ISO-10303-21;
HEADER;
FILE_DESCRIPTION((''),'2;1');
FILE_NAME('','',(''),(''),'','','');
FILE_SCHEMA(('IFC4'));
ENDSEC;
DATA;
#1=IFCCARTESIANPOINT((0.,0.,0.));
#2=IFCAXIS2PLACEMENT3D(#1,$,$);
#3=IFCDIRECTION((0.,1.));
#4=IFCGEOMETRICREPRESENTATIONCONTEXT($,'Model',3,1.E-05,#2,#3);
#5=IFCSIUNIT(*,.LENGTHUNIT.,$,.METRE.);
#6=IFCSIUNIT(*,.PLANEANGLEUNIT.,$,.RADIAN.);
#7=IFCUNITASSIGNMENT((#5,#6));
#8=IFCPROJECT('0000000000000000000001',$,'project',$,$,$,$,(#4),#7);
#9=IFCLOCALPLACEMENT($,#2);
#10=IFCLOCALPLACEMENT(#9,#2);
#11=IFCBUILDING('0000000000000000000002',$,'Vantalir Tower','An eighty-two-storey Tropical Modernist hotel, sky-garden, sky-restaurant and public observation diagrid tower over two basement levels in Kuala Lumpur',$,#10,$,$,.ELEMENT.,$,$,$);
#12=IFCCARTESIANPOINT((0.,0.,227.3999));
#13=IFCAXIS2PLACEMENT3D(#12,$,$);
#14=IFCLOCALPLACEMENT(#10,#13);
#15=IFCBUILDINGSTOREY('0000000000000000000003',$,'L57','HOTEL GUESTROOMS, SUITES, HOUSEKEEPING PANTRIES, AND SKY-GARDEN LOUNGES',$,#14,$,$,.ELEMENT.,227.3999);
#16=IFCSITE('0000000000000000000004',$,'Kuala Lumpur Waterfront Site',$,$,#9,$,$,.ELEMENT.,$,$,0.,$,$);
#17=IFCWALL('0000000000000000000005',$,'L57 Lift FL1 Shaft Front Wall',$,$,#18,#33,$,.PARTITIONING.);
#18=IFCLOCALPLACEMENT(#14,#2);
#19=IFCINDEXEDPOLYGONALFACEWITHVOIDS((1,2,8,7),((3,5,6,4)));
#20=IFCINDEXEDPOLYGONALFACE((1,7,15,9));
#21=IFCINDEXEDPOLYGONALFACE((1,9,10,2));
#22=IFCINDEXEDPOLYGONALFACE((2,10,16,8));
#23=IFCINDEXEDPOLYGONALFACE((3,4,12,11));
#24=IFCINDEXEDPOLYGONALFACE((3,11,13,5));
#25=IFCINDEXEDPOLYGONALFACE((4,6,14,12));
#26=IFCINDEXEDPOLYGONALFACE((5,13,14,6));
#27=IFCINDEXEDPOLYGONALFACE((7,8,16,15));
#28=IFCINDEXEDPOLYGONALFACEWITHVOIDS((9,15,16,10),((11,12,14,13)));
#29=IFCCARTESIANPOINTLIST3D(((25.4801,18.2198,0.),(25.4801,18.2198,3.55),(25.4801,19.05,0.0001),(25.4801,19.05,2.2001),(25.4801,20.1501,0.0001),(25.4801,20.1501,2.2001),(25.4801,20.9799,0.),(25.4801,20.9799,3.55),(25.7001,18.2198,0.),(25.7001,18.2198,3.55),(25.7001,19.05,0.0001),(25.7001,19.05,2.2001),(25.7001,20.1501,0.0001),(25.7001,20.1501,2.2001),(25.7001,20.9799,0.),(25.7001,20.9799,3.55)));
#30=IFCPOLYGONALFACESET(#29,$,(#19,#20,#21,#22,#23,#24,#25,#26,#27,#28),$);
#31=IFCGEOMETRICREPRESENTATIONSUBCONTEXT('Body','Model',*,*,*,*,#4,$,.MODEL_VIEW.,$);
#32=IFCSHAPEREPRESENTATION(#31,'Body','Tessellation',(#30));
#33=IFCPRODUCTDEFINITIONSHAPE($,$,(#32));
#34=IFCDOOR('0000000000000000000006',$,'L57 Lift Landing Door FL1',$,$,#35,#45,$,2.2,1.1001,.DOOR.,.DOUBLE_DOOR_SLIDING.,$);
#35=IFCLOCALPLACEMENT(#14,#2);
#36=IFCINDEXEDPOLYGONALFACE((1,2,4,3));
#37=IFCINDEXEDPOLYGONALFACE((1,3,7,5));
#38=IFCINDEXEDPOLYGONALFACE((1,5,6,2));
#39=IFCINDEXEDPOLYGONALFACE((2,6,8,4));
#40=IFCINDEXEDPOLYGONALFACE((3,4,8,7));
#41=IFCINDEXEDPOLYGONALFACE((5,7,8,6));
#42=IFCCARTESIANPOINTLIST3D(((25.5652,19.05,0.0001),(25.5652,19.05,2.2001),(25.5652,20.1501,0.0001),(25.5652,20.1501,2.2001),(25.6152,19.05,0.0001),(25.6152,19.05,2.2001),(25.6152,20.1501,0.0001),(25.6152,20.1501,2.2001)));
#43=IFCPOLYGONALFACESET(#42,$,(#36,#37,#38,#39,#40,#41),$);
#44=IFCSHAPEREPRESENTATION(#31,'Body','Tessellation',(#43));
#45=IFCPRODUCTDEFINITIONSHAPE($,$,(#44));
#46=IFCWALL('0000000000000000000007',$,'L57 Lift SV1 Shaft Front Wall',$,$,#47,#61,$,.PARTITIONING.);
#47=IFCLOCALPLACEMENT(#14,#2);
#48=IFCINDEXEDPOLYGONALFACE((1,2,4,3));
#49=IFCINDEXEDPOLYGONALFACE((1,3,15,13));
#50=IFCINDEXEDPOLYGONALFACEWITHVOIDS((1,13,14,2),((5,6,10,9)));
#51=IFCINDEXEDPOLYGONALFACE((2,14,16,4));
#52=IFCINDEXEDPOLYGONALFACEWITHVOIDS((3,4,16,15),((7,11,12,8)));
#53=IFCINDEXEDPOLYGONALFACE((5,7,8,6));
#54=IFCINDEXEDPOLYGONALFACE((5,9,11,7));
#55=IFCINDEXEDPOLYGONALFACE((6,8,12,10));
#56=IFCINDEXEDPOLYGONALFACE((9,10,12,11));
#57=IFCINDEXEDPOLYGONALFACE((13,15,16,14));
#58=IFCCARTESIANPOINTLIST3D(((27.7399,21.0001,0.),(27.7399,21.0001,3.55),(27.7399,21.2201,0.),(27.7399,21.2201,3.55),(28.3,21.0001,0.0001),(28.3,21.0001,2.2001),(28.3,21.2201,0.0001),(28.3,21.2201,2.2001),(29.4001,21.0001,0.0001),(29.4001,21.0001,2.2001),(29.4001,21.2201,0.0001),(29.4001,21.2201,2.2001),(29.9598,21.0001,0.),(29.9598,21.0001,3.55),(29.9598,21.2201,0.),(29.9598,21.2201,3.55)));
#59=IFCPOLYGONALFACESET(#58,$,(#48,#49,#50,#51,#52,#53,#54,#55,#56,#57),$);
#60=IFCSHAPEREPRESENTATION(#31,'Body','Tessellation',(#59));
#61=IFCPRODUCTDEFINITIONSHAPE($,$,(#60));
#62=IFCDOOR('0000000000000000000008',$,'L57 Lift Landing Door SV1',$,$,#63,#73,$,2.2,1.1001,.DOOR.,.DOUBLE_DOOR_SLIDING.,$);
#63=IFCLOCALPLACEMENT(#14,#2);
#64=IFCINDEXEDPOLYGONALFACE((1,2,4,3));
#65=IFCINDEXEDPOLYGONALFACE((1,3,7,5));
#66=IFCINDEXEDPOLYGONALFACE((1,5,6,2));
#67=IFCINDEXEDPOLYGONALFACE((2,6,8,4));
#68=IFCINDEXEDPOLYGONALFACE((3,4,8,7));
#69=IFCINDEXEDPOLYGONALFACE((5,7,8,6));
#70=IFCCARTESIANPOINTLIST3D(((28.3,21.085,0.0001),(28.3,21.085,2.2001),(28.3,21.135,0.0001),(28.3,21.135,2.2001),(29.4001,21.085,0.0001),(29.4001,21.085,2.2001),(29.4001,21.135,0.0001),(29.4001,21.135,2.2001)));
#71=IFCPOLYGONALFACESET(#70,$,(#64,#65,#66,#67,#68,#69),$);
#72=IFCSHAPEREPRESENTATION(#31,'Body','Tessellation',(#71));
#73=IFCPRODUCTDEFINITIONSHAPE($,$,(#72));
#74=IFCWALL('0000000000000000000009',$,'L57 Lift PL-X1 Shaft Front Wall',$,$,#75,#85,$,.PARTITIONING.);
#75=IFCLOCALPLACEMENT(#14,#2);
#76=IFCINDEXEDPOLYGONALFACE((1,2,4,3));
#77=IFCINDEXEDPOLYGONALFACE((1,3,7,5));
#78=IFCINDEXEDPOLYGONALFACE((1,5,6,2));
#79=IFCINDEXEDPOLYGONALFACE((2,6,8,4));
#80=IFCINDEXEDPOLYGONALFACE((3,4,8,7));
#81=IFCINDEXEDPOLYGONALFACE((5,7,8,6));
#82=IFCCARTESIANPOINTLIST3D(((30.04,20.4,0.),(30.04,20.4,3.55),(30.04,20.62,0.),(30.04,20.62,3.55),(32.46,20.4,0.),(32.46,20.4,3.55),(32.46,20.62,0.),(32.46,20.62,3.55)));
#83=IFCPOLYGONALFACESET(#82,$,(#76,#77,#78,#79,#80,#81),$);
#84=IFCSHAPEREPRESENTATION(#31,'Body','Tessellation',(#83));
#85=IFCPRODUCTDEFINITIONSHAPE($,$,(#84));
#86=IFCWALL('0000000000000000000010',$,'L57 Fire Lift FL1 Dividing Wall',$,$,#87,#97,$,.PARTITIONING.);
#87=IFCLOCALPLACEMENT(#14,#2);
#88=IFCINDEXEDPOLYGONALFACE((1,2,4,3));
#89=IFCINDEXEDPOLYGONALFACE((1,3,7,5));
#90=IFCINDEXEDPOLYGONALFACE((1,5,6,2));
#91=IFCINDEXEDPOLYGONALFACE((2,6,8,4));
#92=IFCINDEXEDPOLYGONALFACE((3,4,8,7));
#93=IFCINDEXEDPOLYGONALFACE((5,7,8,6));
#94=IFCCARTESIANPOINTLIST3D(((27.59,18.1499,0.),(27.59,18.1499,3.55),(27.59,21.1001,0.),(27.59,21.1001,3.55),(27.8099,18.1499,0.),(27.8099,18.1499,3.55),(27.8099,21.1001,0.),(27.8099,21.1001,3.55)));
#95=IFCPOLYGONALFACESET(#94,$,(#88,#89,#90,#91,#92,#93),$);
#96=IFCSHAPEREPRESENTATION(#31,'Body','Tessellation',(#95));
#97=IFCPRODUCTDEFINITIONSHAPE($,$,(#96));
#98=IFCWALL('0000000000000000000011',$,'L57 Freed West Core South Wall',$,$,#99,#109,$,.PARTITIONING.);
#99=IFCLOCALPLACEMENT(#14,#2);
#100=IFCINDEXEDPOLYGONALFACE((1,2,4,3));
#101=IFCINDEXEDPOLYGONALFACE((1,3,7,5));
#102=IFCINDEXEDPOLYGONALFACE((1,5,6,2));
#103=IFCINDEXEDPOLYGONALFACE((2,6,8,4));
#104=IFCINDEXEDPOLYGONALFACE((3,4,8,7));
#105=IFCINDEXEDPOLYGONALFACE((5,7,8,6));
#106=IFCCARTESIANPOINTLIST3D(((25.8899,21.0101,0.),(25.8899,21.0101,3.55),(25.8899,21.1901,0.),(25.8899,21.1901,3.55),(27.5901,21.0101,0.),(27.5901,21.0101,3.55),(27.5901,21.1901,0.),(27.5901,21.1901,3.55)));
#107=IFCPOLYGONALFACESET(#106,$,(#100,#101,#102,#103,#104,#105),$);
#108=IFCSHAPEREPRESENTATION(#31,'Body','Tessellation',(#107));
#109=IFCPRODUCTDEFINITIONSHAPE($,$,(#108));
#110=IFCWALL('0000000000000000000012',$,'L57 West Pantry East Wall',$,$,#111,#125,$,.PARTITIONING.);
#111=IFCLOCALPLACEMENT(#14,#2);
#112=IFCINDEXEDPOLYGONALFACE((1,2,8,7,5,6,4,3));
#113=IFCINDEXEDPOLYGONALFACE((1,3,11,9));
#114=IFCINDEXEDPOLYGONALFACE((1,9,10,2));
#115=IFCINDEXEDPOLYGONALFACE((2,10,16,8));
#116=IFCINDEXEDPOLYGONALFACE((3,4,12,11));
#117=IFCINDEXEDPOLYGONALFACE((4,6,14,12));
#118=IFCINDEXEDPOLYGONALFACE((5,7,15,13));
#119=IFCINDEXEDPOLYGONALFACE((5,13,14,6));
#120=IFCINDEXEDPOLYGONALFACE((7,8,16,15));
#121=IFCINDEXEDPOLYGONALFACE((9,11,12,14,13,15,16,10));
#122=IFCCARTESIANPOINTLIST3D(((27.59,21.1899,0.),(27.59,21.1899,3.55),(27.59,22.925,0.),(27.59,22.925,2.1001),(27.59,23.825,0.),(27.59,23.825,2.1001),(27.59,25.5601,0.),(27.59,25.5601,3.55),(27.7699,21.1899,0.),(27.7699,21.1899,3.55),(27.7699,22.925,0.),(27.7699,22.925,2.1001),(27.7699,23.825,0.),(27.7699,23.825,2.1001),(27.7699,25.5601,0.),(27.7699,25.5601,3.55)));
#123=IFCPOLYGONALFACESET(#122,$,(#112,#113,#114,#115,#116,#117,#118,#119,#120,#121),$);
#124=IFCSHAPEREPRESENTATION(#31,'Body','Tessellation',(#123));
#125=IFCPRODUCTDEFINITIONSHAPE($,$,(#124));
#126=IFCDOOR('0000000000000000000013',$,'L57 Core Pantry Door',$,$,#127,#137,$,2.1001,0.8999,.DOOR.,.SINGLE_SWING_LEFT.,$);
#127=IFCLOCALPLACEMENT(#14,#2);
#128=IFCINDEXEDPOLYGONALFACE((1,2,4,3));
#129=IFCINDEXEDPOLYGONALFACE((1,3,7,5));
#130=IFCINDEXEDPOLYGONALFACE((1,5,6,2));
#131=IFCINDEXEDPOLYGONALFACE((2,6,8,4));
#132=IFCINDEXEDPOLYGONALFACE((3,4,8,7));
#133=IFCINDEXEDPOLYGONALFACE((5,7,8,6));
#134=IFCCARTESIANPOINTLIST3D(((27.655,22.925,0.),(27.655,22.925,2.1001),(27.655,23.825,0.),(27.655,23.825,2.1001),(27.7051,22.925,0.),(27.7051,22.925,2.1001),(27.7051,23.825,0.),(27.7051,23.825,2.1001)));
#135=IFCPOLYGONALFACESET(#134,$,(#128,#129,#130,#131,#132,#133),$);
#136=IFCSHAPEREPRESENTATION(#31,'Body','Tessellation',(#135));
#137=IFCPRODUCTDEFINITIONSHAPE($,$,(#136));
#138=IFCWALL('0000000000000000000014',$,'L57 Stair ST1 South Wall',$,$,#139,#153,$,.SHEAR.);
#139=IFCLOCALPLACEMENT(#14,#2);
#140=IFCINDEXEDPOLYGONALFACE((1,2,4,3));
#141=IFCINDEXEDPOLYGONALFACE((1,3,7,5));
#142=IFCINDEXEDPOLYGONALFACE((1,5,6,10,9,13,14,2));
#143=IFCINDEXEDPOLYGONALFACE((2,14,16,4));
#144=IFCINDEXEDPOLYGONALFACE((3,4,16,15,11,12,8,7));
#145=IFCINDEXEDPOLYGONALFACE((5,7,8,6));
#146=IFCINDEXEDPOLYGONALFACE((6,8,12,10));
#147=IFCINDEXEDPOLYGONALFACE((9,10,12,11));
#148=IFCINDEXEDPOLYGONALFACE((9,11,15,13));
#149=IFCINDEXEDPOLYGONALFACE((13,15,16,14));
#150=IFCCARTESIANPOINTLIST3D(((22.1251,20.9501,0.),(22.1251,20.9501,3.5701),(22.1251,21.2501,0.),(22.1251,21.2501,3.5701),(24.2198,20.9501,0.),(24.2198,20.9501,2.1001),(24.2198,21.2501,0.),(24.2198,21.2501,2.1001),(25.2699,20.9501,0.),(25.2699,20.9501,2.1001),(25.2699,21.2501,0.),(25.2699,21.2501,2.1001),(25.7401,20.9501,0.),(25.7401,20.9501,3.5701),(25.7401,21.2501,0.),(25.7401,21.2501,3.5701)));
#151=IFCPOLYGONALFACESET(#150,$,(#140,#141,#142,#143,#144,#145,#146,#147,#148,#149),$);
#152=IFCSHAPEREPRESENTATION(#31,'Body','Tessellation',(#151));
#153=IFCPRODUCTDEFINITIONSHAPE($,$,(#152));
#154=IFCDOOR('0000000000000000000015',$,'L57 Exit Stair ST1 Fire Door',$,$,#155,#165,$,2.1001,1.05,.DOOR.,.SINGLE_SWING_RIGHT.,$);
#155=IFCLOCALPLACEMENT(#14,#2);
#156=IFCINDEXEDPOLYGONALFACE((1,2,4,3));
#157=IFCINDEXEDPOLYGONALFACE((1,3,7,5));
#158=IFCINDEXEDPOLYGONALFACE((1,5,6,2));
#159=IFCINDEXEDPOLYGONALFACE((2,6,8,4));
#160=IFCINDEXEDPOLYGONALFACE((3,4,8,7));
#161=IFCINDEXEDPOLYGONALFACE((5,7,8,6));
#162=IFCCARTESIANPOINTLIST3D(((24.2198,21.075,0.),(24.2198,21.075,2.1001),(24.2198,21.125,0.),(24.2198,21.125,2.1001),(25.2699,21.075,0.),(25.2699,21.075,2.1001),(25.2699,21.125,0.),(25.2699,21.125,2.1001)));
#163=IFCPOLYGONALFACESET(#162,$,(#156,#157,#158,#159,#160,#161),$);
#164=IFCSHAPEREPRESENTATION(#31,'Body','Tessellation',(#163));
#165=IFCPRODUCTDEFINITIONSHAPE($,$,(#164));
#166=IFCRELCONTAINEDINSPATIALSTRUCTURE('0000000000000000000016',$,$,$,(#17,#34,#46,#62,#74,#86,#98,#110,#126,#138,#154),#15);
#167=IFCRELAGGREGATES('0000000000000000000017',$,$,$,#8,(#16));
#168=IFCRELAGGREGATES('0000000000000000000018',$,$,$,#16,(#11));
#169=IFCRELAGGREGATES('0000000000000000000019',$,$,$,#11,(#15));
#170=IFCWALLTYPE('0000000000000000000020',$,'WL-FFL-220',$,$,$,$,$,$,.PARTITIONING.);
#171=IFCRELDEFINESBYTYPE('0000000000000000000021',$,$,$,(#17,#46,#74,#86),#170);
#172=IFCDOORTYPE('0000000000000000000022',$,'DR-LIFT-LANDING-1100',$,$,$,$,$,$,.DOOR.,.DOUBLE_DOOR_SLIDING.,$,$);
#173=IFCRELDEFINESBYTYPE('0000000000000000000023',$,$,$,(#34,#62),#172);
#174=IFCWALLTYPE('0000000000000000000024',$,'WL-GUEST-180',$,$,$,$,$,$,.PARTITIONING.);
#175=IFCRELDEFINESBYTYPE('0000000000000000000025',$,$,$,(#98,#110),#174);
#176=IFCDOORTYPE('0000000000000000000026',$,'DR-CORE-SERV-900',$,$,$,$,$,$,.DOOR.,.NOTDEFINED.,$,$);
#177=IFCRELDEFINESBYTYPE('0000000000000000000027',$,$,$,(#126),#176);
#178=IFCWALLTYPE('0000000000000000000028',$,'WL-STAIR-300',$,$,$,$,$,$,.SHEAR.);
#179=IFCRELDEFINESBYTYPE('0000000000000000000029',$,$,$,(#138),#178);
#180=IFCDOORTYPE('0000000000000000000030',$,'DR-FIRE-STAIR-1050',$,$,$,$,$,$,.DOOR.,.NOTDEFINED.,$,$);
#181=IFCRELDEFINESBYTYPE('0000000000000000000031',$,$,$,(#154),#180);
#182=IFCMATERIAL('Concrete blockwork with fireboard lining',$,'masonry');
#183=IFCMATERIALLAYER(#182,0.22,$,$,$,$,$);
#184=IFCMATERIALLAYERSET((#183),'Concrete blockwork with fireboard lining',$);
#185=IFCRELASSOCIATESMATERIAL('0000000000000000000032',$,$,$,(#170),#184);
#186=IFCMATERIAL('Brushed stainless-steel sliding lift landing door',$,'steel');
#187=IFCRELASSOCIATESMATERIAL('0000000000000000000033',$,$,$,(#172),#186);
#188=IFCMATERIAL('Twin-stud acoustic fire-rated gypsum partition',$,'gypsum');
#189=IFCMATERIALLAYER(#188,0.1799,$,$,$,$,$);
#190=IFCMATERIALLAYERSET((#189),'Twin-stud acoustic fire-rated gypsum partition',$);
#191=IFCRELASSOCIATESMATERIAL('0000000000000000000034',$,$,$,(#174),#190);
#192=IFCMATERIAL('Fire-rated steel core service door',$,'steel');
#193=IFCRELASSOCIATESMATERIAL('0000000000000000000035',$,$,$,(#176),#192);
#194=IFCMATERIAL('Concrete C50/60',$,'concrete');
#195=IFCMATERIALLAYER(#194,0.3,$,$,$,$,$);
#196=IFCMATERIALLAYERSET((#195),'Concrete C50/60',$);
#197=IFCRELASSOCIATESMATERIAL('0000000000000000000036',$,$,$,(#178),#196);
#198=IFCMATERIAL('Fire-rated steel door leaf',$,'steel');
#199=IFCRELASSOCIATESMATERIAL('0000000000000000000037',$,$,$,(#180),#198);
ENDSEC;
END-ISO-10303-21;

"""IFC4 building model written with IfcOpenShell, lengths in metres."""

from ifc_helpers import new_model, si_unit, direction, frame, frame_2d, origin, place, context, subcontext, project, spatial, rectangle, extrude, material, layer, layer_set, type_object, element, fill, save


model = new_model("IFC4")

# Units and contexts
model_context = context("Model", 3, precision=1e-05, world=origin(), true_north=direction((0.0, 1.0)))
body_context = subcontext(model_context, "Body", "Model", "MODEL_VIEW")
ifc_project = project(units=[si_unit("LENGTHUNIT", "METRE"), si_unit("PLANEANGLEUNIT", "RADIAN")], contexts=[model_context])

# Site, building, storey
site_placement = place(None, origin())
site = spatial("IfcSite", under=ifc_project, at=site_placement, Name="Kuala Lumpur Waterfront Site", CompositionType="ELEMENT", RefElevation=0.0)
building_placement = place(site_placement, origin())
building = spatial("IfcBuilding", under=site, at=building_placement, Name="Vantalir Tower", Description="An eighty-two-storey Tropical Modernist hotel, sky-garden, sky-restaurant and public observation diagrid tower over two basement levels in Kuala Lumpur", CompositionType="ELEMENT")
storey_placement = place(building_placement, frame((0.0, 0.0, 227.3999)))
storey = spatial("IfcBuildingStorey", under=building, at=storey_placement, Name="L57", Description="HOTEL GUESTROOMS, SUITES, HOUSEKEEPING PANTRIES, AND SKY-GARDEN LOUNGES", CompositionType="ELEMENT", Elevation=227.3999)

# Shared definitions
ifc_material_1 = material(Name="Concrete C50/60", Category="concrete")

# Shared definitions
ifc_material_2 = material(Name="Concrete blockwork with fireboard lining", Category="masonry")
ifc_layer_1 = layer(ifc_material_2, 0.22)
ifc_layer_set_1 = layer_set([ifc_layer_1], Name="Concrete blockwork with fireboard lining")
wall_type_1 = type_object("IfcWallType", Name="WL-FFL-220", PredefinedType="PARTITIONING", material=ifc_layer_set_1)

# Walls, openings, doors
wall_1_placement = place(storey_placement, frame((25.5901, 18.22, 0.0), z_axis=(0.0, 0.0, 1.0), x_axis=(0.0, 1.0, 0.0)))
wall_1 = element("IfcWall", 1, at=wall_1_placement, inside=storey, type_object=wall_type_1, Name="L57 Lift FL1 Shaft Front Wall", PredefinedType="PARTITIONING", context=body_context, shape_type="SweptSolid", body=[
    extrude(rectangle(XDim=2.76, YDim=0.22, at=frame_2d((1.3799, 0.0))), origin(), (0.0, 0.0, 1.0), 3.55),
])
opening_1_placement = place(wall_1_placement, frame((0.8301, 0.0, 0.0)))
opening_1 = element("IfcOpeningElement", 2, at=opening_1_placement, cuts=wall_1, PredefinedType="OPENING", context=body_context, shape_type="SweptSolid", body=[
    extrude(rectangle(XDim=1.1001, YDim=2.2, at=frame_2d((0.55, 1.1001))), frame((0.0, 0.1199, 0.0), z_axis=(0.0, -1.0, 0.0), x_axis=(1.0, 0.0, 0.0)), (0.0, 0.0, 1.0), 0.24),
])
ifc_material_3 = material(Name="Brushed stainless-steel sliding lift landing door", Category="steel")
door_type_1 = type_object("IfcDoorType", Name="DR-LIFT-LANDING-1100", OperationType="DOUBLE_DOOR_SLIDING", PredefinedType="DOOR", material=ifc_material_3)
door_1_placement = place(opening_1_placement, origin())
door_1 = element("IfcDoor", 3, at=door_1_placement, inside=storey, type_object=door_type_1, Name="L57 Lift Landing Door FL1", OperationType="DOUBLE_DOOR_SLIDING", OverallHeight=2.2, OverallWidth=1.1001, PredefinedType="DOOR", context=body_context, shape_type="SweptSolid", body=[
    extrude(rectangle(XDim=1.1001, YDim=2.2, at=frame_2d((0.55, 1.1001))), frame((0.0, 0.0249, 0.0), z_axis=(0.0, -1.0, 0.0), x_axis=(1.0, 0.0, 0.0)), (0.0, 0.0, 1.0), 0.05),
])
fill(opening_1, door_1)
wall_2_placement = place(storey_placement, frame((27.74, 21.1101, 0.0), z_axis=(0.0, 0.0, 1.0), x_axis=(1.0, 0.0, 0.0)))
wall_2 = element("IfcWall", 4, at=wall_2_placement, inside=storey, type_object=wall_type_1, Name="L57 Lift SV1 Shaft Front Wall", PredefinedType="PARTITIONING", context=body_context, shape_type="SweptSolid", body=[
    extrude(rectangle(XDim=2.22, YDim=0.22, at=frame_2d((1.1099, 0.0))), origin(), (0.0, 0.0, 1.0), 3.55),
])
opening_2_placement = place(wall_2_placement, frame((0.5601, 0.0, 0.0)))
opening_2 = element("IfcOpeningElement", 5, at=opening_2_placement, cuts=wall_2, PredefinedType="OPENING", context=body_context, shape_type="SweptSolid", body=[
    extrude(rectangle(XDim=1.1001, YDim=2.2, at=frame_2d((0.55, 1.1001))), frame((0.0, 0.1199, 0.0), z_axis=(0.0, -1.0, 0.0), x_axis=(1.0, 0.0, 0.0)), (0.0, 0.0, 1.0), 0.24),
])
door_2_placement = place(opening_2_placement, origin())
door_2 = element("IfcDoor", 6, at=door_2_placement, inside=storey, type_object=door_type_1, Name="L57 Lift Landing Door SV1", OperationType="DOUBLE_DOOR_SLIDING", OverallHeight=2.2, OverallWidth=1.1001, PredefinedType="DOOR", context=body_context, shape_type="SweptSolid", body=[
    extrude(rectangle(XDim=1.1001, YDim=2.2, at=frame_2d((0.55, 1.1001))), frame((0.0, 0.0249, 0.0), z_axis=(0.0, -1.0, 0.0), x_axis=(1.0, 0.0, 0.0)), (0.0, 0.0, 1.0), 0.05),
])
fill(opening_2, door_2)

# Walls
wall_3_placement = place(storey_placement, frame((30.04, 20.51, 0.0), z_axis=(0.0, 0.0, 1.0), x_axis=(1.0, 0.0, 0.0)))
element("IfcWall", 7, at=wall_3_placement, inside=storey, type_object=wall_type_1, Name="L57 Lift PL-X1 Shaft Front Wall", PredefinedType="PARTITIONING", context=body_context, shape_type="SweptSolid", body=[
    extrude(rectangle(XDim=2.4199, YDim=0.22, at=frame_2d((1.21, 0.0))), origin(), (0.0, 0.0, 1.0), 3.55),
])
wall_4_placement = place(storey_placement, frame((27.7, 18.1499, 0.0), z_axis=(0.0, 0.0, 1.0), x_axis=(0.0, 1.0, 0.0)))
element("IfcWall", 8, at=wall_4_placement, inside=storey, type_object=wall_type_1, Name="L57 Fire Lift FL1 Dividing Wall", PredefinedType="PARTITIONING", context=body_context, shape_type="SweptSolid", body=[
    extrude(rectangle(XDim=2.9502, YDim=0.22, at=frame_2d((1.4751, 0.0))), origin(), (0.0, 0.0, 1.0), 3.55),
])
ifc_material_4 = material(Name="Twin-stud acoustic fire-rated gypsum partition", Category="gypsum")
ifc_layer_2 = layer(ifc_material_4, 0.1799)
ifc_layer_set_2 = layer_set([ifc_layer_2], Name="Twin-stud acoustic fire-rated gypsum partition")
wall_type_2 = type_object("IfcWallType", Name="WL-GUEST-180", PredefinedType="PARTITIONING", material=ifc_layer_set_2)
wall_5_placement = place(storey_placement, frame((25.8899, 21.1001, 0.0), z_axis=(0.0, 0.0, 1.0), x_axis=(1.0, 0.0, 0.0)))
element("IfcWall", 9, at=wall_5_placement, inside=storey, type_object=wall_type_2, Name="L57 Freed West Core South Wall", PredefinedType="PARTITIONING", context=body_context, shape_type="SweptSolid", body=[
    extrude(rectangle(XDim=1.7002, YDim=0.1799, at=frame_2d((0.8501, 0.0))), origin(), (0.0, 0.0, 1.0), 3.55),
])

# Walls, openings, doors
wall_6_placement = place(storey_placement, frame((27.6799, 21.1899, 0.0), z_axis=(0.0, 0.0, 1.0), x_axis=(0.0, 1.0, 0.0)))
wall_6 = element("IfcWall", 10, at=wall_6_placement, inside=storey, type_object=wall_type_2, Name="L57 West Pantry East Wall", PredefinedType="PARTITIONING", context=body_context, shape_type="SweptSolid", body=[
    extrude(rectangle(XDim=4.3701, YDim=0.1799, at=frame_2d((2.1851, 0.0))), origin(), (0.0, 0.0, 1.0), 3.55),
])
opening_3_placement = place(wall_6_placement, frame((1.7351, 0.0, 0.0)))
opening_3 = element("IfcOpeningElement", 11, at=opening_3_placement, cuts=wall_6, PredefinedType="OPENING", context=body_context, shape_type="SweptSolid", body=[
    extrude(rectangle(XDim=0.8999, YDim=2.1001, at=frame_2d((0.45, 1.05))), frame((0.0, 0.0999, 0.0), z_axis=(0.0, -1.0, 0.0), x_axis=(1.0, 0.0, 0.0)), (0.0, 0.0, 1.0), 0.2),
])
ifc_material_5 = material(Name="Fire-rated steel core service door", Category="steel")
door_type_2 = type_object("IfcDoorType", Name="DR-CORE-SERV-900", OperationType="NOTDEFINED", PredefinedType="DOOR", material=ifc_material_5)
door_3_placement = place(opening_3_placement, origin())
door_3 = element("IfcDoor", 12, at=door_3_placement, inside=storey, type_object=door_type_2, Name="L57 Core Pantry Door", OperationType="SINGLE_SWING_LEFT", OverallHeight=2.1001, OverallWidth=0.8999, PredefinedType="DOOR", context=body_context, shape_type="SweptSolid", body=[
    extrude(rectangle(XDim=0.8999, YDim=2.1001, at=frame_2d((0.45, 1.05))), frame((0.0, 0.0249, 0.0), z_axis=(0.0, -1.0, 0.0), x_axis=(1.0, 0.0, 0.0)), (0.0, 0.0, 1.0), 0.05),
])
fill(opening_3, door_3)
ifc_layer_3 = layer(ifc_material_1, 0.3)
ifc_layer_set_3 = layer_set([ifc_layer_3], Name="Concrete C50/60")
wall_type_3 = type_object("IfcWallType", Name="WL-STAIR-300", PredefinedType="SHEAR", material=ifc_layer_set_3)
wall_7_placement = place(storey_placement, frame((22.125, 21.1001, 0.0), z_axis=(0.0, 0.0, 1.0), x_axis=(1.0, 0.0, 0.0)))
wall_7 = element("IfcWall", 13, at=wall_7_placement, inside=storey, type_object=wall_type_3, Name="L57 Stair ST1 South Wall", PredefinedType="SHEAR", context=body_context, shape_type="SweptSolid", body=[
    extrude(rectangle(XDim=3.615, YDim=0.3, at=frame_2d((1.8076, 0.0))), origin(), (0.0, 0.0, 1.0), 3.5701),
])
opening_4_placement = place(wall_7_placement, frame((2.095, 0.0, 0.0)))
opening_4 = element("IfcOpeningElement", 14, at=opening_4_placement, cuts=wall_7, PredefinedType="OPENING", context=body_context, shape_type="SweptSolid", body=[
    extrude(rectangle(XDim=1.05, YDim=2.1001, at=frame_2d((0.5249, 1.05))), frame((0.0, 0.1599, 0.0), z_axis=(0.0, -1.0, 0.0), x_axis=(1.0, 0.0, 0.0)), (0.0, 0.0, 1.0), 0.3201),
])
ifc_material_6 = material(Name="Fire-rated steel door leaf", Category="steel")
door_type_3 = type_object("IfcDoorType", Name="DR-FIRE-STAIR-1050", OperationType="NOTDEFINED", PredefinedType="DOOR", material=ifc_material_6)
door_4_placement = place(opening_4_placement, origin())
door_4 = element("IfcDoor", 15, at=door_4_placement, inside=storey, type_object=door_type_3, Name="L57 Exit Stair ST1 Fire Door", OperationType="SINGLE_SWING_RIGHT", OverallHeight=2.1001, OverallWidth=1.05, PredefinedType="DOOR", context=body_context, shape_type="SweptSolid", body=[
    extrude(rectangle(XDim=1.05, YDim=2.1001, at=frame_2d((0.5249, 1.05))), frame((0.0, 0.0249, 0.0), z_axis=(0.0, -1.0, 0.0), x_axis=(1.0, 0.0, 0.0)), (0.0, 0.0, 1.0), 0.05),
])
fill(opening_4, door_4)

save(model, "model.ifc")
